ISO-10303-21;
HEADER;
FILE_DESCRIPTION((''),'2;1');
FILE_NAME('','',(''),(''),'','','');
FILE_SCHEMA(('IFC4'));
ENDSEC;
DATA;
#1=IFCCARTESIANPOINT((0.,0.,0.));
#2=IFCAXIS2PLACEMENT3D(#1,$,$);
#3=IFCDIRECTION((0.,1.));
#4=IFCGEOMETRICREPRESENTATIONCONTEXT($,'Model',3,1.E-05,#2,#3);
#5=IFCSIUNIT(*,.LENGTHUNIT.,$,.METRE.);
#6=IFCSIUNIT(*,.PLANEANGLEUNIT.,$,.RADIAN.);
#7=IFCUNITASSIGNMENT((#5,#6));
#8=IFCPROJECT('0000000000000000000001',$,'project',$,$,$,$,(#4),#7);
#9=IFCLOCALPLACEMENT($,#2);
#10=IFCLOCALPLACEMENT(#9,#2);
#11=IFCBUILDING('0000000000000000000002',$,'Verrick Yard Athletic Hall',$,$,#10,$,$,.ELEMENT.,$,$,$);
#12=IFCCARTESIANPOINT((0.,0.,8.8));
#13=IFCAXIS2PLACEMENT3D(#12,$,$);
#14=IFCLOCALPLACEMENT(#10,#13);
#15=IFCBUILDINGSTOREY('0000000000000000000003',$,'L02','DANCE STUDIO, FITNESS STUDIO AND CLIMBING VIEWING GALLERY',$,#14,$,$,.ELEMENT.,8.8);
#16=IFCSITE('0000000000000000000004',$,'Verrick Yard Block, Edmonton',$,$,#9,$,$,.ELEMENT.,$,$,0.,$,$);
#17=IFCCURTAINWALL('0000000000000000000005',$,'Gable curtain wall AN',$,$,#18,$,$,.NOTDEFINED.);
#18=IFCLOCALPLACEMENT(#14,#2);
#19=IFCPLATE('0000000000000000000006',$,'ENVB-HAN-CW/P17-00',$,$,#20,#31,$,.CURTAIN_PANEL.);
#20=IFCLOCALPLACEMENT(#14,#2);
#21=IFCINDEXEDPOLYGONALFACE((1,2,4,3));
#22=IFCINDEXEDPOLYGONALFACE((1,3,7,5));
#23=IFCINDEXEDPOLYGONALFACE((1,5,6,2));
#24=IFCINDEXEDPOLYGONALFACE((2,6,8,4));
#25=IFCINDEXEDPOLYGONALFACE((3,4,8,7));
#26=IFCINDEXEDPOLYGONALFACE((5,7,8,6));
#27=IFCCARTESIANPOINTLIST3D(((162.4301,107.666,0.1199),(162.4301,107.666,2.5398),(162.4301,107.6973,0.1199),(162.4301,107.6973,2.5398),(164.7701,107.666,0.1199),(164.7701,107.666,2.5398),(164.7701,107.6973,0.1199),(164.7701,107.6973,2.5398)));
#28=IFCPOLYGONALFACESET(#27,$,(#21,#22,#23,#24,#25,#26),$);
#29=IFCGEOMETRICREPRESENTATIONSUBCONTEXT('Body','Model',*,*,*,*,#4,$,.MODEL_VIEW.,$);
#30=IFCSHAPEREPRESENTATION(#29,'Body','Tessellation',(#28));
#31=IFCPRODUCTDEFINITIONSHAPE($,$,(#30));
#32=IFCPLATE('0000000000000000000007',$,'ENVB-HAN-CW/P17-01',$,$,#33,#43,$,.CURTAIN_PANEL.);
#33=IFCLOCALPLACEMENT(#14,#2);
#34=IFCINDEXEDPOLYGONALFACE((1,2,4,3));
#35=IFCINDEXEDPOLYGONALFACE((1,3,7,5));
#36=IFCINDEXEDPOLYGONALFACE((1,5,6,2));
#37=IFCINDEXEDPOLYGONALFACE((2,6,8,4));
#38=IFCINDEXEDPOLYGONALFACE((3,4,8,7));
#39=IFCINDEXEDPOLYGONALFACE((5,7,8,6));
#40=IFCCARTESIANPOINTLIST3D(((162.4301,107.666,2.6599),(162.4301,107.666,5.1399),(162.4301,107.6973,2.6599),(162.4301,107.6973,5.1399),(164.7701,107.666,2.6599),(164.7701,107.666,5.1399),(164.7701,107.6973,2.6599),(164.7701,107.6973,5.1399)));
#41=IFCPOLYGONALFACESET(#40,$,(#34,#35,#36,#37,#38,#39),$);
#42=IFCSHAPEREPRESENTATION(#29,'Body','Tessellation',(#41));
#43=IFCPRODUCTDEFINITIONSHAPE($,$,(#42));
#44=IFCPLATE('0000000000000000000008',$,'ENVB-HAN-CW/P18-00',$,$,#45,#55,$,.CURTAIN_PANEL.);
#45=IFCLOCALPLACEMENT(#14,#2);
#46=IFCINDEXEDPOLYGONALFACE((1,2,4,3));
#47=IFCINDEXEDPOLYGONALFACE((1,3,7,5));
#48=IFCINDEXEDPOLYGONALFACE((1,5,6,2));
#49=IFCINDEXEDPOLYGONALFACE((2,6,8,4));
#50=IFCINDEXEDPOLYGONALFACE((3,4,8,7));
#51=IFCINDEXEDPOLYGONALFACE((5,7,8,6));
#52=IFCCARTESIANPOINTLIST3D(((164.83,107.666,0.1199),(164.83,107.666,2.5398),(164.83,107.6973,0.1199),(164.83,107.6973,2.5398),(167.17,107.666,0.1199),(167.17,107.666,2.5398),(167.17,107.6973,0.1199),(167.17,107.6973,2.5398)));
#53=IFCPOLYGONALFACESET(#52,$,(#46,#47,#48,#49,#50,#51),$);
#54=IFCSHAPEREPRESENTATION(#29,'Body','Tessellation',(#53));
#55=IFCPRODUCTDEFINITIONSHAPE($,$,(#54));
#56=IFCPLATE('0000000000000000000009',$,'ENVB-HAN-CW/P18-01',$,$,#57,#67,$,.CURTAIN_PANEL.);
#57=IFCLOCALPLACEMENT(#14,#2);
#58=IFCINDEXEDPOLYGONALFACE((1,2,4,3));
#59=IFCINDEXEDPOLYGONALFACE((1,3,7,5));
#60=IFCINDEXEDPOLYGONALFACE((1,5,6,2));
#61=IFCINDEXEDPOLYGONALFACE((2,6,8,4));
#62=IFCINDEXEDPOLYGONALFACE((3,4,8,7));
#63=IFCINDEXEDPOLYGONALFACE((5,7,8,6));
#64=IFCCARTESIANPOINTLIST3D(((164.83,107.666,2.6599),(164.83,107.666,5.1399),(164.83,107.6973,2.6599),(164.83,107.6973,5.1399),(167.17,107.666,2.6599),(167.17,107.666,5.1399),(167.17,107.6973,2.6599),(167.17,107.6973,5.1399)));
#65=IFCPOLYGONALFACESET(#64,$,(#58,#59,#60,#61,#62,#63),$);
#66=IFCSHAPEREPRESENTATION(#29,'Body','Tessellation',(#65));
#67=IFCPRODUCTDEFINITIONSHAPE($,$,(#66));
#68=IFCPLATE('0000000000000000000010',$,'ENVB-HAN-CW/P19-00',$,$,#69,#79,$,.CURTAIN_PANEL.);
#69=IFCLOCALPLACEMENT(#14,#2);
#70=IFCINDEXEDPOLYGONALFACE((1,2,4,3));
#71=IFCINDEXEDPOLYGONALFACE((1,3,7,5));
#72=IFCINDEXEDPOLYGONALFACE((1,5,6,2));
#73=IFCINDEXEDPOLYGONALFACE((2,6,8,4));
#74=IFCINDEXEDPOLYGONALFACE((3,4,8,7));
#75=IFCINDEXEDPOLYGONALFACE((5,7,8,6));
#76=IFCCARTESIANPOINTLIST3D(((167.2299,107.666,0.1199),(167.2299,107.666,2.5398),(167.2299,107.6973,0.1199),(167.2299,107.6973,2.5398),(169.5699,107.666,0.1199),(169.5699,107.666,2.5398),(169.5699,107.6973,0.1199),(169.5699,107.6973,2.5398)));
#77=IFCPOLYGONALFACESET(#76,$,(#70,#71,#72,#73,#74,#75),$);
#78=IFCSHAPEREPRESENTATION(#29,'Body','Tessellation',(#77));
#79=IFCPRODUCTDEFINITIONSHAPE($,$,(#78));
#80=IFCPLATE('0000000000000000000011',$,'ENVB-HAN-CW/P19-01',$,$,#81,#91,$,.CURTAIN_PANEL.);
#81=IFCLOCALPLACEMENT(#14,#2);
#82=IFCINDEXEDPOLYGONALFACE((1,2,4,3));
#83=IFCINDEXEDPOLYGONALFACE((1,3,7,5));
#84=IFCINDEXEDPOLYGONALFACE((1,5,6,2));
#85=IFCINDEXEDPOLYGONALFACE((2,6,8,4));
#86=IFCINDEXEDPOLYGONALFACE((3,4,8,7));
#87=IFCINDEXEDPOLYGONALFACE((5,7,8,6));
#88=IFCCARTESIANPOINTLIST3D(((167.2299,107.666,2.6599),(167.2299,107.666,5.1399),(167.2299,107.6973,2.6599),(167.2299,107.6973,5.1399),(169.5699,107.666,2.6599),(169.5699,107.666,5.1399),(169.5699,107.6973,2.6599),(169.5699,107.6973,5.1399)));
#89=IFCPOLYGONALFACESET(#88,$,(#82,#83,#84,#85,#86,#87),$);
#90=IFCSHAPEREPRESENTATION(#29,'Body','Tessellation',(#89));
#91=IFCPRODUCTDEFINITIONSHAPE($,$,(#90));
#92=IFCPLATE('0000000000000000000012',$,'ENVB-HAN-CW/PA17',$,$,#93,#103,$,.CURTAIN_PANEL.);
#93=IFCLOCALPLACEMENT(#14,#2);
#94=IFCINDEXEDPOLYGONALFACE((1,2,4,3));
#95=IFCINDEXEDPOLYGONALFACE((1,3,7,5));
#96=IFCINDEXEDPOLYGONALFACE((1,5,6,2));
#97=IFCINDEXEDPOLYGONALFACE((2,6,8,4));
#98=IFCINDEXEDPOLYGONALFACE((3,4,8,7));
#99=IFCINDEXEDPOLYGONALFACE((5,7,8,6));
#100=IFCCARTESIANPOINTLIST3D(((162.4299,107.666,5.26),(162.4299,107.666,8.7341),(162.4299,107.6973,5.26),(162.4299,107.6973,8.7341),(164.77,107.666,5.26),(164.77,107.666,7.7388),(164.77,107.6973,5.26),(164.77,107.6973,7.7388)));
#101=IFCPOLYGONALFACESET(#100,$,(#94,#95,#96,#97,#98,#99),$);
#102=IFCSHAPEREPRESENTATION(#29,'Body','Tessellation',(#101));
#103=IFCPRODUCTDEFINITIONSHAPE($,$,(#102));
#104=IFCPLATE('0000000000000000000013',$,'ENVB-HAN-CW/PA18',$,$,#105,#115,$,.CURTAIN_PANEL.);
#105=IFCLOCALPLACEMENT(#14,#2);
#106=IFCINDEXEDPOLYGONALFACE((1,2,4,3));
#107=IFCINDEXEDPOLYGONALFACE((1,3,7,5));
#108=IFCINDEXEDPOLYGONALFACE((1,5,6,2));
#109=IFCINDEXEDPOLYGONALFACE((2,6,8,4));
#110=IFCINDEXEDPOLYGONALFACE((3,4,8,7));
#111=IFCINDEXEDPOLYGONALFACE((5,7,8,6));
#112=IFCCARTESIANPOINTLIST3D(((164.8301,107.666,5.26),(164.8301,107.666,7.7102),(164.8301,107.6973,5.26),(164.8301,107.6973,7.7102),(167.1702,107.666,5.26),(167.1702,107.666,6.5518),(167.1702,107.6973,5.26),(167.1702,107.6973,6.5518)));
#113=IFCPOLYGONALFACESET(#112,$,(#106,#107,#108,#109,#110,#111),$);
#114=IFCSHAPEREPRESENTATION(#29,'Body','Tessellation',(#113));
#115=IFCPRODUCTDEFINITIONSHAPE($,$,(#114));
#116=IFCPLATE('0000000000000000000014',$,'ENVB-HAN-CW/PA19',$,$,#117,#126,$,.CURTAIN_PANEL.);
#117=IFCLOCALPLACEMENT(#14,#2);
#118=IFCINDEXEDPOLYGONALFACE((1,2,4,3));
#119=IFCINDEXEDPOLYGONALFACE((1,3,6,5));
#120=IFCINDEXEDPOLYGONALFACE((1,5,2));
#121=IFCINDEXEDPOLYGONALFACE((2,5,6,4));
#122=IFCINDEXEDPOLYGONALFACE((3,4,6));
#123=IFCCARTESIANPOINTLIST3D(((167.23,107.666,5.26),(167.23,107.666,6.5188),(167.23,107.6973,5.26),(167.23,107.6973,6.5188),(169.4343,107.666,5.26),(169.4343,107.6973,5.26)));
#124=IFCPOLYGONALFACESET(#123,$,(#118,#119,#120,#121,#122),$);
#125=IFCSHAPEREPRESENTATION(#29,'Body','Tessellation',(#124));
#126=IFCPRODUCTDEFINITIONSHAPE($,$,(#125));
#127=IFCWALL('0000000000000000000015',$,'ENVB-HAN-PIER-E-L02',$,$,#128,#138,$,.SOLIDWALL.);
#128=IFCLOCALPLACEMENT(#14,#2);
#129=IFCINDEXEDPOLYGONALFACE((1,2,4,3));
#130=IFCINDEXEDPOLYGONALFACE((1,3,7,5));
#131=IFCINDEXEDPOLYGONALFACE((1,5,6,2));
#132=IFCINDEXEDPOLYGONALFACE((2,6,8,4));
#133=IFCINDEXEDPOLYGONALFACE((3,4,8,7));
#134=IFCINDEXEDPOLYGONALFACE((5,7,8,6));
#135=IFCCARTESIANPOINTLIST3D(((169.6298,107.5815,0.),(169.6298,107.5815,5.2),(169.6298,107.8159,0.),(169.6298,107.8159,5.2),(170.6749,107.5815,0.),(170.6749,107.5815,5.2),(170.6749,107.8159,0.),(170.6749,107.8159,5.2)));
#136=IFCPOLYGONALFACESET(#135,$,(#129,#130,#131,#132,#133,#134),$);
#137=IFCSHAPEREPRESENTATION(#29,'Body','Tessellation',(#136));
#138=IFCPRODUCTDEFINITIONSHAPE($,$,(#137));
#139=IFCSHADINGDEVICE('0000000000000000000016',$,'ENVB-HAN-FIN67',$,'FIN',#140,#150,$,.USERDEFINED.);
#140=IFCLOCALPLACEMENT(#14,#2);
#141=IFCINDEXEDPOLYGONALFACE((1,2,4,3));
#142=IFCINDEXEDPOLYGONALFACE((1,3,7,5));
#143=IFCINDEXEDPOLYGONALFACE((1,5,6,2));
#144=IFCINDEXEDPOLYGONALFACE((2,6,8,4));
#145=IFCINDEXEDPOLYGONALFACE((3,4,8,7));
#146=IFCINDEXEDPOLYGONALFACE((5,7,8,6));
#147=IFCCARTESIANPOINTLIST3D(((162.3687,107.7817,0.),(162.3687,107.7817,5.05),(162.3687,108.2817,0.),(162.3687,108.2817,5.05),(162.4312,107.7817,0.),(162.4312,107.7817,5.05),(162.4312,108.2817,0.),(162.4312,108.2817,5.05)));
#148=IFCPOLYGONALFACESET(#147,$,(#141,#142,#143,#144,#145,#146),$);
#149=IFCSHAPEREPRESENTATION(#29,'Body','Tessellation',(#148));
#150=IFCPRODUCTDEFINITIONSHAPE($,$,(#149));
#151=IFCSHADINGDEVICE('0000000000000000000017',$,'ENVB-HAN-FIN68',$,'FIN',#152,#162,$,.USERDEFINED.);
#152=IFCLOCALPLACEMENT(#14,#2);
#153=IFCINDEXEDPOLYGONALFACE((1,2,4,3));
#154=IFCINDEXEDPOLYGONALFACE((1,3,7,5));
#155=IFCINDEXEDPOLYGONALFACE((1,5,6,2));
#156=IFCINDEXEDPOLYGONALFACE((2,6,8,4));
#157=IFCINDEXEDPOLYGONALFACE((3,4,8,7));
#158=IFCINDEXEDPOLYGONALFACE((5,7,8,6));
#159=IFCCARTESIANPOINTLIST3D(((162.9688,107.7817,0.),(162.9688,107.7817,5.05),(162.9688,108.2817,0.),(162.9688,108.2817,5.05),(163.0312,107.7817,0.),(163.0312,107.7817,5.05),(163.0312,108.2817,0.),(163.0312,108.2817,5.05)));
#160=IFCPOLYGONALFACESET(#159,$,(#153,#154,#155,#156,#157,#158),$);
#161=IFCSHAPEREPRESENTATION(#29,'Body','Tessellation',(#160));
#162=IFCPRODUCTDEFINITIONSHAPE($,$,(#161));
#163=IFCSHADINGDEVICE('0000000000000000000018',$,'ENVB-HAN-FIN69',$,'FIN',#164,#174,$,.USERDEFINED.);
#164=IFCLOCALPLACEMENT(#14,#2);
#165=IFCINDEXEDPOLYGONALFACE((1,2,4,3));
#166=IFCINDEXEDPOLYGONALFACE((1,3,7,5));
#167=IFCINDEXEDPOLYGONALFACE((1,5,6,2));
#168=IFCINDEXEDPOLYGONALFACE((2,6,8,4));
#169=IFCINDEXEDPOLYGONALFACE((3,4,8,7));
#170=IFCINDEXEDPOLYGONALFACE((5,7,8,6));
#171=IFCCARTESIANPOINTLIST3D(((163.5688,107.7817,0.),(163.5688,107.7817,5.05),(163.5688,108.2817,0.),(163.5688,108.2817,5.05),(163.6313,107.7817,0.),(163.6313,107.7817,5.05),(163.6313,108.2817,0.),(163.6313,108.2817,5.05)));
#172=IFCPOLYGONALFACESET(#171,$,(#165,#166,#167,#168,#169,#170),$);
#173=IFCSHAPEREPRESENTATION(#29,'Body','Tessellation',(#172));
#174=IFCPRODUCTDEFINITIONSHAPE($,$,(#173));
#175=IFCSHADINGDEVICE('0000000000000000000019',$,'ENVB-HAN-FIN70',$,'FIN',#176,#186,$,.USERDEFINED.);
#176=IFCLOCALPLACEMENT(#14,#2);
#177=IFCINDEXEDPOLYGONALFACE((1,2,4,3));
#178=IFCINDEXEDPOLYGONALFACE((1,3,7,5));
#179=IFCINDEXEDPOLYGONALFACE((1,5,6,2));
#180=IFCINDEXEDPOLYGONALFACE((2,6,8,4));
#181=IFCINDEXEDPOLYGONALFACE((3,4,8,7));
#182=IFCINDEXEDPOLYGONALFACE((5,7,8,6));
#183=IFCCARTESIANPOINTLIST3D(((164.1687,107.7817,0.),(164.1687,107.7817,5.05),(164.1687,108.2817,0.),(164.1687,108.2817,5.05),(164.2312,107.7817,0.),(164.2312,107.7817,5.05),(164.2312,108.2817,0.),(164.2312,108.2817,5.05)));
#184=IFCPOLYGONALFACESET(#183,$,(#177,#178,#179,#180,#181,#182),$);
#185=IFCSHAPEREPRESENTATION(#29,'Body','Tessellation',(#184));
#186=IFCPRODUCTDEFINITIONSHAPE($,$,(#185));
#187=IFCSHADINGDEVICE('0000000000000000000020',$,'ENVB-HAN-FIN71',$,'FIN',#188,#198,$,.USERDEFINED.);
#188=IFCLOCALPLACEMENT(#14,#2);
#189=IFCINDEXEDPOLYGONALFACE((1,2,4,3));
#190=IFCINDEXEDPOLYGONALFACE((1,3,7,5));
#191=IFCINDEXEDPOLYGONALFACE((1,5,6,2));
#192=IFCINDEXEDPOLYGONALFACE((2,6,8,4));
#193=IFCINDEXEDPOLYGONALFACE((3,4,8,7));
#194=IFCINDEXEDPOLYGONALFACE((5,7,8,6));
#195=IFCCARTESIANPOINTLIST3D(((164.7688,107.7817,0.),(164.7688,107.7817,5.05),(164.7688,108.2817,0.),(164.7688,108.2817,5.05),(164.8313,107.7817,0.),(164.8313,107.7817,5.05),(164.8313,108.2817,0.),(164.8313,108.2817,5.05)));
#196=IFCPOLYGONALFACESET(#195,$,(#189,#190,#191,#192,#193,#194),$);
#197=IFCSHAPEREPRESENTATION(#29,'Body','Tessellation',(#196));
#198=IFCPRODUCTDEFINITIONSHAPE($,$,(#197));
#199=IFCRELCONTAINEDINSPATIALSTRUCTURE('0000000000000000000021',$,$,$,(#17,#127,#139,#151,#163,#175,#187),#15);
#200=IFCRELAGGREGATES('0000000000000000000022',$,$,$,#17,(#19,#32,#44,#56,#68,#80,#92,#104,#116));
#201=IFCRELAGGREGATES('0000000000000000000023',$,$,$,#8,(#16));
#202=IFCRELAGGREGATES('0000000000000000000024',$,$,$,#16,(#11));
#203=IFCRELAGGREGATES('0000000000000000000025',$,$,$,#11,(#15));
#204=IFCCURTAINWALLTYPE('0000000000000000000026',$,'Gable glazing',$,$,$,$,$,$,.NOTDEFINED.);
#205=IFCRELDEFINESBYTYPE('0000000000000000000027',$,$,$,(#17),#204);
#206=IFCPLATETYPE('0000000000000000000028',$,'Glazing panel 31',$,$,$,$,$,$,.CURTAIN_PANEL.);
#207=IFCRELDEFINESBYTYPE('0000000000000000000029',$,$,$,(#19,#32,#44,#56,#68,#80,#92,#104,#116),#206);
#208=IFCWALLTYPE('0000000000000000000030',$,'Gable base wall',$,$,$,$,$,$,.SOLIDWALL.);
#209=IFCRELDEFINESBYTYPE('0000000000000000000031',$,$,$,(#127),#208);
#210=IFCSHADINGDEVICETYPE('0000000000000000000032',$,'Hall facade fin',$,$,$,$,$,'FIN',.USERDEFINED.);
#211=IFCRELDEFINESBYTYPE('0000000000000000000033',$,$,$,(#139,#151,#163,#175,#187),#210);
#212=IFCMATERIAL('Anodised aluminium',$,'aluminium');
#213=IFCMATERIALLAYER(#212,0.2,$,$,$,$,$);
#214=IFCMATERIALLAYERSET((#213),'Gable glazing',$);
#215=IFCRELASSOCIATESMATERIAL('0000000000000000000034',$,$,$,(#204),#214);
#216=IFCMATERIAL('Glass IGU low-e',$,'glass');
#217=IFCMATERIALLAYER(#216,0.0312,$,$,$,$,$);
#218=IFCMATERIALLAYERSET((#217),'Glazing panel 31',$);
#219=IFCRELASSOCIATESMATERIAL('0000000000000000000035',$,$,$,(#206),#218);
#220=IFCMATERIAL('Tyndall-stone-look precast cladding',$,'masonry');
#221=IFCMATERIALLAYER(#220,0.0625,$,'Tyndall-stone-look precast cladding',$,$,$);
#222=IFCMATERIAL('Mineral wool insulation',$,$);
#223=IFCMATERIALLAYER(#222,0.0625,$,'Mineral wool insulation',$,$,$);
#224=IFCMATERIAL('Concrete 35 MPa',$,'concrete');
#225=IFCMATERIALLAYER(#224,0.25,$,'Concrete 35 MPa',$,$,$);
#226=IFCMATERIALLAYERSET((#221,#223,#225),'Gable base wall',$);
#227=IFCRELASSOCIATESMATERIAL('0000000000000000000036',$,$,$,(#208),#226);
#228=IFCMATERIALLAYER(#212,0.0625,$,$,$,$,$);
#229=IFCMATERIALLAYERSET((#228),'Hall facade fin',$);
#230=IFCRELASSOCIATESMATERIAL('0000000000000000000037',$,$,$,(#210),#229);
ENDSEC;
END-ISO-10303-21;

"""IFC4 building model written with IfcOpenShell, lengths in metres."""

from ifc_helpers import new_model, si_unit, direction, frame, frame_2d, origin, origin_2d, place, context, subcontext, project, spatial, polyline, rectangle, outline, extrude, material, layer, layer_set, type_object, element, aggregate, save


model = new_model("IFC4")

# Units and contexts
model_context = context("Model", 3, precision=1e-05, world=origin(), true_north=direction((0.0, 1.0)))
body_context = subcontext(model_context, "Body", "Model", "MODEL_VIEW")
ifc_project = project(units=[si_unit("LENGTHUNIT", "METRE"), si_unit("PLANEANGLEUNIT", "RADIAN")], contexts=[model_context])

# Site, building, storey
site_placement = place(None, origin())
site = spatial("IfcSite", under=ifc_project, at=site_placement, Name="Verrick Yard Block, Edmonton", CompositionType="ELEMENT", RefElevation=0.0)
building_placement = place(site_placement, origin())
building = spatial("IfcBuilding", under=site, at=building_placement, Name="Verrick Yard Athletic Hall", CompositionType="ELEMENT")
storey_placement = place(building_placement, frame((0.0, 0.0, 8.8)))
storey = spatial("IfcBuildingStorey", under=building, at=storey_placement, Name="L02", Description="DANCE STUDIO, FITNESS STUDIO AND CLIMBING VIEWING GALLERY", CompositionType="ELEMENT", Elevation=8.8)

# Curtain wall, plates
ifc_material_1 = material(Name="Anodised aluminium", Category="aluminium")
ifc_layer_1 = layer(ifc_material_1, 0.2)
ifc_layer_set_1 = layer_set([ifc_layer_1], Name="Gable glazing")
curtain_wall_type = type_object("IfcCurtainWallType", Name="Gable glazing", PredefinedType="NOTDEFINED", material=ifc_layer_set_1)
curtain_wall_placement = place(storey_placement, origin())
curtain_wall = element("IfcCurtainWall", 1, at=curtain_wall_placement, inside=storey, type_object=curtain_wall_type, Name="Gable curtain wall AN", PredefinedType="NOTDEFINED")
ifc_material_2 = material(Name="Glass IGU low-e", Category="glass")
ifc_layer_2 = layer(ifc_material_2, 0.0312)
ifc_layer_set_2 = layer_set([ifc_layer_2], Name="Glazing panel 31")
plate_type = type_object("IfcPlateType", Name="Glazing panel 31", PredefinedType="CURTAIN_PANEL", material=ifc_layer_set_2)
plate_1_placement = place(storey_placement, frame((163.6001, 107.6816, 0.1199), z_axis=(0.0, 0.0, 1.0), x_axis=(1.0, 0.0, 0.0)))
plate_1 = element("IfcPlate", 2, at=plate_1_placement, type_object=plate_type, Name="ENVB-HAN-CW/P17-00", PredefinedType="CURTAIN_PANEL", context=body_context, shape_type="SweptSolid", body=[
    extrude(rectangle(XDim=2.3401, YDim=0.0312, at=origin_2d()), origin(), (0.0, 0.0, 1.0), 2.4199),
])
plate_2_placement = place(storey_placement, frame((163.6001, 107.6816, 2.6599), z_axis=(0.0, 0.0, 1.0), x_axis=(1.0, 0.0, 0.0)))
plate_2 = element("IfcPlate", 3, at=plate_2_placement, type_object=plate_type, Name="ENVB-HAN-CW/P17-01", PredefinedType="CURTAIN_PANEL", context=body_context, shape_type="SweptSolid", body=[
    extrude(rectangle(XDim=2.3401, YDim=0.0312, at=origin_2d()), origin(), (0.0, 0.0, 1.0), 2.48),
])
plate_3_placement = place(storey_placement, frame((166.0, 107.6816, 0.1199), z_axis=(0.0, 0.0, 1.0), x_axis=(1.0, 0.0, 0.0)))
plate_3 = element("IfcPlate", 4, at=plate_3_placement, type_object=plate_type, Name="ENVB-HAN-CW/P18-00", PredefinedType="CURTAIN_PANEL", context=body_context, shape_type="SweptSolid", body=[
    extrude(rectangle(XDim=2.3401, YDim=0.0312, at=origin_2d()), origin(), (0.0, 0.0, 1.0), 2.4199),
])
plate_4_placement = place(storey_placement, frame((166.0, 107.6816, 2.6599), z_axis=(0.0, 0.0, 1.0), x_axis=(1.0, 0.0, 0.0)))
plate_4 = element("IfcPlate", 5, at=plate_4_placement, type_object=plate_type, Name="ENVB-HAN-CW/P18-01", PredefinedType="CURTAIN_PANEL", context=body_context, shape_type="SweptSolid", body=[
    extrude(rectangle(XDim=2.3401, YDim=0.0312, at=origin_2d()), origin(), (0.0, 0.0, 1.0), 2.48),
])
plate_5_placement = place(storey_placement, frame((168.3999, 107.6816, 0.1199), z_axis=(0.0, 0.0, 1.0), x_axis=(1.0, 0.0, 0.0)))
plate_5 = element("IfcPlate", 6, at=plate_5_placement, type_object=plate_type, Name="ENVB-HAN-CW/P19-00", PredefinedType="CURTAIN_PANEL", context=body_context, shape_type="SweptSolid", body=[
    extrude(rectangle(XDim=2.3401, YDim=0.0312, at=origin_2d()), origin(), (0.0, 0.0, 1.0), 2.4199),
])
plate_6_placement = place(storey_placement, frame((168.3999, 107.6816, 2.6599), z_axis=(0.0, 0.0, 1.0), x_axis=(1.0, 0.0, 0.0)))
plate_6 = element("IfcPlate", 7, at=plate_6_placement, type_object=plate_type, Name="ENVB-HAN-CW/P19-01", PredefinedType="CURTAIN_PANEL", context=body_context, shape_type="SweptSolid", body=[
    extrude(rectangle(XDim=2.3401, YDim=0.0312, at=origin_2d()), origin(), (0.0, 0.0, 1.0), 2.48),
])
plate_7_placement = place(storey_placement, frame((162.4299, 107.6816, 5.26), z_axis=(0.0, 0.0, 1.0), x_axis=(1.0, 0.0, 0.0)))
plate_7 = element("IfcPlate", 8, at=plate_7_placement, type_object=plate_type, Name="ENVB-HAN-CW/PA17", PredefinedType="CURTAIN_PANEL", context=body_context, shape_type="SweptSolid", body=[
    extrude(outline(polyline([(0.0, 3.4741), (2.3401, 2.4788), (2.3401, 0.0), (0.0, 0.0), (0.0, 3.4741)])), frame((0.0, 0.0156, 0.0), z_axis=(0.0, -1.0, 0.0), x_axis=(1.0, 0.0, 0.0)), (0.0, 0.0, 1.0), 0.0312),
])
plate_8_placement = place(storey_placement, frame((164.8301, 107.6816, 5.26), z_axis=(0.0, 0.0, 1.0), x_axis=(1.0, 0.0, 0.0)))
plate_8 = element("IfcPlate", 9, at=plate_8_placement, type_object=plate_type, Name="ENVB-HAN-CW/PA18", PredefinedType="CURTAIN_PANEL", context=body_context, shape_type="SweptSolid", body=[
    extrude(outline(polyline([(0.0, 2.4502), (2.3401, 1.2917), (2.3401, 0.0), (0.0, 0.0), (0.0, 2.4502)])), frame((0.0, 0.0156, 0.0), z_axis=(0.0, -1.0, 0.0), x_axis=(1.0, 0.0, 0.0)), (0.0, 0.0, 1.0), 0.0312),
])
plate_9_placement = place(storey_placement, frame((167.23, 107.6816, 5.26), z_axis=(0.0, 0.0, 1.0), x_axis=(1.0, 0.0, 0.0)))
plate_9 = element("IfcPlate", 10, at=plate_9_placement, type_object=plate_type, Name="ENVB-HAN-CW/PA19", PredefinedType="CURTAIN_PANEL", context=body_context, shape_type="SweptSolid", body=[
    extrude(outline(polyline([(0.0, 1.2588), (2.2043, 0.0), (0.0, 0.0), (0.0, 1.2588)])), frame((0.0, 0.0156, 0.0), z_axis=(0.0, -1.0, 0.0), x_axis=(1.0, 0.0, 0.0)), (0.0, 0.0, 1.0), 0.0312),
])
aggregate(curtain_wall, [plate_1, plate_2, plate_3, plate_4, plate_5, plate_6, plate_7, plate_8, plate_9])

# Wall
ifc_material_3 = material(Name="Tyndall-stone-look precast cladding", Category="masonry")
ifc_layer_3 = layer(ifc_material_3, 0.0625, Name="Tyndall-stone-look precast cladding")
ifc_material_4 = material(Name="Mineral wool insulation")
ifc_layer_4 = layer(ifc_material_4, 0.0625, Name="Mineral wool insulation")
ifc_material_5 = material(Name="Concrete 35 MPa", Category="concrete")
ifc_layer_5 = layer(ifc_material_5, 0.25, Name="Concrete 35 MPa")
ifc_layer_set_3 = layer_set([ifc_layer_3, ifc_layer_4, ifc_layer_5], Name="Gable base wall")
wall_type = type_object("IfcWallType", Name="Gable base wall", PredefinedType="SOLIDWALL", material=ifc_layer_set_3)
wall_placement = place(storey_placement, frame((169.6299, 107.6987, 0.0), z_axis=(0.0, 0.0, 1.0), x_axis=(1.0, 0.0, 0.0)))
element("IfcWall", 11, at=wall_placement, inside=storey, type_object=wall_type, Name="ENVB-HAN-PIER-E-L02", PredefinedType="SOLIDWALL", context=body_context, shape_type="SweptSolid", body=[
    extrude(rectangle(XDim=1.0452, YDim=0.2344, at=frame_2d((0.5225, 0.0))), origin(), (0.0, 0.0, 1.0), 5.2),
])

# Shading devices
ifc_layer_6 = layer(ifc_material_1, 0.0625)
ifc_layer_set_4 = layer_set([ifc_layer_6], Name="Hall facade fin")
shading_device_type = type_object("IfcShadingDeviceType", Name="Hall facade fin", ElementType="FIN", PredefinedType="USERDEFINED", material=ifc_layer_set_4)
for number, where, z_axis, x_axis, name in (
    (12, (162.3999, 107.7817, 0.0), (0.0, 0.0, 1.0), (0.0, 1.0, 0.0), "ENVB-HAN-FIN67"),
    (13, (163.0, 107.7817, 0.0), (0.0, 0.0, 1.0), (0.0, 1.0, 0.0), "ENVB-HAN-FIN68"),
    (14, (163.6001, 107.7817, 0.0), (0.0, 0.0, 1.0), (0.0, 1.0, 0.0), "ENVB-HAN-FIN69"),
    (15, (164.2, 107.7817, 0.0), (0.0, 0.0, 1.0), (0.0, 1.0, 0.0), "ENVB-HAN-FIN70"),
    (16, (164.8, 107.7817, 0.0), (0.0, 0.0, 1.0), (0.0, 1.0, 0.0), "ENVB-HAN-FIN71"),
):
    element("IfcShadingDevice", number, at=place(storey_placement, frame(where, z_axis=z_axis, x_axis=x_axis)), inside=storey, type_object=shading_device_type, Name=name, ObjectType="FIN", PredefinedType="USERDEFINED", context=body_context, shape_type="SweptSolid", body=[
        extrude(outline(polyline([(0.0, 0.0), (0.5, 0.0), (0.5, 5.05), (0.0, 5.05), (0.0, 0.0)])), frame((0.0, 0.0312, 0.0), z_axis=(0.0, -1.0, 0.0), x_axis=(1.0, 0.0, 0.0)), (0.0, 0.0, 1.0), 0.0625),
    ])

save(model, "model.ifc")
